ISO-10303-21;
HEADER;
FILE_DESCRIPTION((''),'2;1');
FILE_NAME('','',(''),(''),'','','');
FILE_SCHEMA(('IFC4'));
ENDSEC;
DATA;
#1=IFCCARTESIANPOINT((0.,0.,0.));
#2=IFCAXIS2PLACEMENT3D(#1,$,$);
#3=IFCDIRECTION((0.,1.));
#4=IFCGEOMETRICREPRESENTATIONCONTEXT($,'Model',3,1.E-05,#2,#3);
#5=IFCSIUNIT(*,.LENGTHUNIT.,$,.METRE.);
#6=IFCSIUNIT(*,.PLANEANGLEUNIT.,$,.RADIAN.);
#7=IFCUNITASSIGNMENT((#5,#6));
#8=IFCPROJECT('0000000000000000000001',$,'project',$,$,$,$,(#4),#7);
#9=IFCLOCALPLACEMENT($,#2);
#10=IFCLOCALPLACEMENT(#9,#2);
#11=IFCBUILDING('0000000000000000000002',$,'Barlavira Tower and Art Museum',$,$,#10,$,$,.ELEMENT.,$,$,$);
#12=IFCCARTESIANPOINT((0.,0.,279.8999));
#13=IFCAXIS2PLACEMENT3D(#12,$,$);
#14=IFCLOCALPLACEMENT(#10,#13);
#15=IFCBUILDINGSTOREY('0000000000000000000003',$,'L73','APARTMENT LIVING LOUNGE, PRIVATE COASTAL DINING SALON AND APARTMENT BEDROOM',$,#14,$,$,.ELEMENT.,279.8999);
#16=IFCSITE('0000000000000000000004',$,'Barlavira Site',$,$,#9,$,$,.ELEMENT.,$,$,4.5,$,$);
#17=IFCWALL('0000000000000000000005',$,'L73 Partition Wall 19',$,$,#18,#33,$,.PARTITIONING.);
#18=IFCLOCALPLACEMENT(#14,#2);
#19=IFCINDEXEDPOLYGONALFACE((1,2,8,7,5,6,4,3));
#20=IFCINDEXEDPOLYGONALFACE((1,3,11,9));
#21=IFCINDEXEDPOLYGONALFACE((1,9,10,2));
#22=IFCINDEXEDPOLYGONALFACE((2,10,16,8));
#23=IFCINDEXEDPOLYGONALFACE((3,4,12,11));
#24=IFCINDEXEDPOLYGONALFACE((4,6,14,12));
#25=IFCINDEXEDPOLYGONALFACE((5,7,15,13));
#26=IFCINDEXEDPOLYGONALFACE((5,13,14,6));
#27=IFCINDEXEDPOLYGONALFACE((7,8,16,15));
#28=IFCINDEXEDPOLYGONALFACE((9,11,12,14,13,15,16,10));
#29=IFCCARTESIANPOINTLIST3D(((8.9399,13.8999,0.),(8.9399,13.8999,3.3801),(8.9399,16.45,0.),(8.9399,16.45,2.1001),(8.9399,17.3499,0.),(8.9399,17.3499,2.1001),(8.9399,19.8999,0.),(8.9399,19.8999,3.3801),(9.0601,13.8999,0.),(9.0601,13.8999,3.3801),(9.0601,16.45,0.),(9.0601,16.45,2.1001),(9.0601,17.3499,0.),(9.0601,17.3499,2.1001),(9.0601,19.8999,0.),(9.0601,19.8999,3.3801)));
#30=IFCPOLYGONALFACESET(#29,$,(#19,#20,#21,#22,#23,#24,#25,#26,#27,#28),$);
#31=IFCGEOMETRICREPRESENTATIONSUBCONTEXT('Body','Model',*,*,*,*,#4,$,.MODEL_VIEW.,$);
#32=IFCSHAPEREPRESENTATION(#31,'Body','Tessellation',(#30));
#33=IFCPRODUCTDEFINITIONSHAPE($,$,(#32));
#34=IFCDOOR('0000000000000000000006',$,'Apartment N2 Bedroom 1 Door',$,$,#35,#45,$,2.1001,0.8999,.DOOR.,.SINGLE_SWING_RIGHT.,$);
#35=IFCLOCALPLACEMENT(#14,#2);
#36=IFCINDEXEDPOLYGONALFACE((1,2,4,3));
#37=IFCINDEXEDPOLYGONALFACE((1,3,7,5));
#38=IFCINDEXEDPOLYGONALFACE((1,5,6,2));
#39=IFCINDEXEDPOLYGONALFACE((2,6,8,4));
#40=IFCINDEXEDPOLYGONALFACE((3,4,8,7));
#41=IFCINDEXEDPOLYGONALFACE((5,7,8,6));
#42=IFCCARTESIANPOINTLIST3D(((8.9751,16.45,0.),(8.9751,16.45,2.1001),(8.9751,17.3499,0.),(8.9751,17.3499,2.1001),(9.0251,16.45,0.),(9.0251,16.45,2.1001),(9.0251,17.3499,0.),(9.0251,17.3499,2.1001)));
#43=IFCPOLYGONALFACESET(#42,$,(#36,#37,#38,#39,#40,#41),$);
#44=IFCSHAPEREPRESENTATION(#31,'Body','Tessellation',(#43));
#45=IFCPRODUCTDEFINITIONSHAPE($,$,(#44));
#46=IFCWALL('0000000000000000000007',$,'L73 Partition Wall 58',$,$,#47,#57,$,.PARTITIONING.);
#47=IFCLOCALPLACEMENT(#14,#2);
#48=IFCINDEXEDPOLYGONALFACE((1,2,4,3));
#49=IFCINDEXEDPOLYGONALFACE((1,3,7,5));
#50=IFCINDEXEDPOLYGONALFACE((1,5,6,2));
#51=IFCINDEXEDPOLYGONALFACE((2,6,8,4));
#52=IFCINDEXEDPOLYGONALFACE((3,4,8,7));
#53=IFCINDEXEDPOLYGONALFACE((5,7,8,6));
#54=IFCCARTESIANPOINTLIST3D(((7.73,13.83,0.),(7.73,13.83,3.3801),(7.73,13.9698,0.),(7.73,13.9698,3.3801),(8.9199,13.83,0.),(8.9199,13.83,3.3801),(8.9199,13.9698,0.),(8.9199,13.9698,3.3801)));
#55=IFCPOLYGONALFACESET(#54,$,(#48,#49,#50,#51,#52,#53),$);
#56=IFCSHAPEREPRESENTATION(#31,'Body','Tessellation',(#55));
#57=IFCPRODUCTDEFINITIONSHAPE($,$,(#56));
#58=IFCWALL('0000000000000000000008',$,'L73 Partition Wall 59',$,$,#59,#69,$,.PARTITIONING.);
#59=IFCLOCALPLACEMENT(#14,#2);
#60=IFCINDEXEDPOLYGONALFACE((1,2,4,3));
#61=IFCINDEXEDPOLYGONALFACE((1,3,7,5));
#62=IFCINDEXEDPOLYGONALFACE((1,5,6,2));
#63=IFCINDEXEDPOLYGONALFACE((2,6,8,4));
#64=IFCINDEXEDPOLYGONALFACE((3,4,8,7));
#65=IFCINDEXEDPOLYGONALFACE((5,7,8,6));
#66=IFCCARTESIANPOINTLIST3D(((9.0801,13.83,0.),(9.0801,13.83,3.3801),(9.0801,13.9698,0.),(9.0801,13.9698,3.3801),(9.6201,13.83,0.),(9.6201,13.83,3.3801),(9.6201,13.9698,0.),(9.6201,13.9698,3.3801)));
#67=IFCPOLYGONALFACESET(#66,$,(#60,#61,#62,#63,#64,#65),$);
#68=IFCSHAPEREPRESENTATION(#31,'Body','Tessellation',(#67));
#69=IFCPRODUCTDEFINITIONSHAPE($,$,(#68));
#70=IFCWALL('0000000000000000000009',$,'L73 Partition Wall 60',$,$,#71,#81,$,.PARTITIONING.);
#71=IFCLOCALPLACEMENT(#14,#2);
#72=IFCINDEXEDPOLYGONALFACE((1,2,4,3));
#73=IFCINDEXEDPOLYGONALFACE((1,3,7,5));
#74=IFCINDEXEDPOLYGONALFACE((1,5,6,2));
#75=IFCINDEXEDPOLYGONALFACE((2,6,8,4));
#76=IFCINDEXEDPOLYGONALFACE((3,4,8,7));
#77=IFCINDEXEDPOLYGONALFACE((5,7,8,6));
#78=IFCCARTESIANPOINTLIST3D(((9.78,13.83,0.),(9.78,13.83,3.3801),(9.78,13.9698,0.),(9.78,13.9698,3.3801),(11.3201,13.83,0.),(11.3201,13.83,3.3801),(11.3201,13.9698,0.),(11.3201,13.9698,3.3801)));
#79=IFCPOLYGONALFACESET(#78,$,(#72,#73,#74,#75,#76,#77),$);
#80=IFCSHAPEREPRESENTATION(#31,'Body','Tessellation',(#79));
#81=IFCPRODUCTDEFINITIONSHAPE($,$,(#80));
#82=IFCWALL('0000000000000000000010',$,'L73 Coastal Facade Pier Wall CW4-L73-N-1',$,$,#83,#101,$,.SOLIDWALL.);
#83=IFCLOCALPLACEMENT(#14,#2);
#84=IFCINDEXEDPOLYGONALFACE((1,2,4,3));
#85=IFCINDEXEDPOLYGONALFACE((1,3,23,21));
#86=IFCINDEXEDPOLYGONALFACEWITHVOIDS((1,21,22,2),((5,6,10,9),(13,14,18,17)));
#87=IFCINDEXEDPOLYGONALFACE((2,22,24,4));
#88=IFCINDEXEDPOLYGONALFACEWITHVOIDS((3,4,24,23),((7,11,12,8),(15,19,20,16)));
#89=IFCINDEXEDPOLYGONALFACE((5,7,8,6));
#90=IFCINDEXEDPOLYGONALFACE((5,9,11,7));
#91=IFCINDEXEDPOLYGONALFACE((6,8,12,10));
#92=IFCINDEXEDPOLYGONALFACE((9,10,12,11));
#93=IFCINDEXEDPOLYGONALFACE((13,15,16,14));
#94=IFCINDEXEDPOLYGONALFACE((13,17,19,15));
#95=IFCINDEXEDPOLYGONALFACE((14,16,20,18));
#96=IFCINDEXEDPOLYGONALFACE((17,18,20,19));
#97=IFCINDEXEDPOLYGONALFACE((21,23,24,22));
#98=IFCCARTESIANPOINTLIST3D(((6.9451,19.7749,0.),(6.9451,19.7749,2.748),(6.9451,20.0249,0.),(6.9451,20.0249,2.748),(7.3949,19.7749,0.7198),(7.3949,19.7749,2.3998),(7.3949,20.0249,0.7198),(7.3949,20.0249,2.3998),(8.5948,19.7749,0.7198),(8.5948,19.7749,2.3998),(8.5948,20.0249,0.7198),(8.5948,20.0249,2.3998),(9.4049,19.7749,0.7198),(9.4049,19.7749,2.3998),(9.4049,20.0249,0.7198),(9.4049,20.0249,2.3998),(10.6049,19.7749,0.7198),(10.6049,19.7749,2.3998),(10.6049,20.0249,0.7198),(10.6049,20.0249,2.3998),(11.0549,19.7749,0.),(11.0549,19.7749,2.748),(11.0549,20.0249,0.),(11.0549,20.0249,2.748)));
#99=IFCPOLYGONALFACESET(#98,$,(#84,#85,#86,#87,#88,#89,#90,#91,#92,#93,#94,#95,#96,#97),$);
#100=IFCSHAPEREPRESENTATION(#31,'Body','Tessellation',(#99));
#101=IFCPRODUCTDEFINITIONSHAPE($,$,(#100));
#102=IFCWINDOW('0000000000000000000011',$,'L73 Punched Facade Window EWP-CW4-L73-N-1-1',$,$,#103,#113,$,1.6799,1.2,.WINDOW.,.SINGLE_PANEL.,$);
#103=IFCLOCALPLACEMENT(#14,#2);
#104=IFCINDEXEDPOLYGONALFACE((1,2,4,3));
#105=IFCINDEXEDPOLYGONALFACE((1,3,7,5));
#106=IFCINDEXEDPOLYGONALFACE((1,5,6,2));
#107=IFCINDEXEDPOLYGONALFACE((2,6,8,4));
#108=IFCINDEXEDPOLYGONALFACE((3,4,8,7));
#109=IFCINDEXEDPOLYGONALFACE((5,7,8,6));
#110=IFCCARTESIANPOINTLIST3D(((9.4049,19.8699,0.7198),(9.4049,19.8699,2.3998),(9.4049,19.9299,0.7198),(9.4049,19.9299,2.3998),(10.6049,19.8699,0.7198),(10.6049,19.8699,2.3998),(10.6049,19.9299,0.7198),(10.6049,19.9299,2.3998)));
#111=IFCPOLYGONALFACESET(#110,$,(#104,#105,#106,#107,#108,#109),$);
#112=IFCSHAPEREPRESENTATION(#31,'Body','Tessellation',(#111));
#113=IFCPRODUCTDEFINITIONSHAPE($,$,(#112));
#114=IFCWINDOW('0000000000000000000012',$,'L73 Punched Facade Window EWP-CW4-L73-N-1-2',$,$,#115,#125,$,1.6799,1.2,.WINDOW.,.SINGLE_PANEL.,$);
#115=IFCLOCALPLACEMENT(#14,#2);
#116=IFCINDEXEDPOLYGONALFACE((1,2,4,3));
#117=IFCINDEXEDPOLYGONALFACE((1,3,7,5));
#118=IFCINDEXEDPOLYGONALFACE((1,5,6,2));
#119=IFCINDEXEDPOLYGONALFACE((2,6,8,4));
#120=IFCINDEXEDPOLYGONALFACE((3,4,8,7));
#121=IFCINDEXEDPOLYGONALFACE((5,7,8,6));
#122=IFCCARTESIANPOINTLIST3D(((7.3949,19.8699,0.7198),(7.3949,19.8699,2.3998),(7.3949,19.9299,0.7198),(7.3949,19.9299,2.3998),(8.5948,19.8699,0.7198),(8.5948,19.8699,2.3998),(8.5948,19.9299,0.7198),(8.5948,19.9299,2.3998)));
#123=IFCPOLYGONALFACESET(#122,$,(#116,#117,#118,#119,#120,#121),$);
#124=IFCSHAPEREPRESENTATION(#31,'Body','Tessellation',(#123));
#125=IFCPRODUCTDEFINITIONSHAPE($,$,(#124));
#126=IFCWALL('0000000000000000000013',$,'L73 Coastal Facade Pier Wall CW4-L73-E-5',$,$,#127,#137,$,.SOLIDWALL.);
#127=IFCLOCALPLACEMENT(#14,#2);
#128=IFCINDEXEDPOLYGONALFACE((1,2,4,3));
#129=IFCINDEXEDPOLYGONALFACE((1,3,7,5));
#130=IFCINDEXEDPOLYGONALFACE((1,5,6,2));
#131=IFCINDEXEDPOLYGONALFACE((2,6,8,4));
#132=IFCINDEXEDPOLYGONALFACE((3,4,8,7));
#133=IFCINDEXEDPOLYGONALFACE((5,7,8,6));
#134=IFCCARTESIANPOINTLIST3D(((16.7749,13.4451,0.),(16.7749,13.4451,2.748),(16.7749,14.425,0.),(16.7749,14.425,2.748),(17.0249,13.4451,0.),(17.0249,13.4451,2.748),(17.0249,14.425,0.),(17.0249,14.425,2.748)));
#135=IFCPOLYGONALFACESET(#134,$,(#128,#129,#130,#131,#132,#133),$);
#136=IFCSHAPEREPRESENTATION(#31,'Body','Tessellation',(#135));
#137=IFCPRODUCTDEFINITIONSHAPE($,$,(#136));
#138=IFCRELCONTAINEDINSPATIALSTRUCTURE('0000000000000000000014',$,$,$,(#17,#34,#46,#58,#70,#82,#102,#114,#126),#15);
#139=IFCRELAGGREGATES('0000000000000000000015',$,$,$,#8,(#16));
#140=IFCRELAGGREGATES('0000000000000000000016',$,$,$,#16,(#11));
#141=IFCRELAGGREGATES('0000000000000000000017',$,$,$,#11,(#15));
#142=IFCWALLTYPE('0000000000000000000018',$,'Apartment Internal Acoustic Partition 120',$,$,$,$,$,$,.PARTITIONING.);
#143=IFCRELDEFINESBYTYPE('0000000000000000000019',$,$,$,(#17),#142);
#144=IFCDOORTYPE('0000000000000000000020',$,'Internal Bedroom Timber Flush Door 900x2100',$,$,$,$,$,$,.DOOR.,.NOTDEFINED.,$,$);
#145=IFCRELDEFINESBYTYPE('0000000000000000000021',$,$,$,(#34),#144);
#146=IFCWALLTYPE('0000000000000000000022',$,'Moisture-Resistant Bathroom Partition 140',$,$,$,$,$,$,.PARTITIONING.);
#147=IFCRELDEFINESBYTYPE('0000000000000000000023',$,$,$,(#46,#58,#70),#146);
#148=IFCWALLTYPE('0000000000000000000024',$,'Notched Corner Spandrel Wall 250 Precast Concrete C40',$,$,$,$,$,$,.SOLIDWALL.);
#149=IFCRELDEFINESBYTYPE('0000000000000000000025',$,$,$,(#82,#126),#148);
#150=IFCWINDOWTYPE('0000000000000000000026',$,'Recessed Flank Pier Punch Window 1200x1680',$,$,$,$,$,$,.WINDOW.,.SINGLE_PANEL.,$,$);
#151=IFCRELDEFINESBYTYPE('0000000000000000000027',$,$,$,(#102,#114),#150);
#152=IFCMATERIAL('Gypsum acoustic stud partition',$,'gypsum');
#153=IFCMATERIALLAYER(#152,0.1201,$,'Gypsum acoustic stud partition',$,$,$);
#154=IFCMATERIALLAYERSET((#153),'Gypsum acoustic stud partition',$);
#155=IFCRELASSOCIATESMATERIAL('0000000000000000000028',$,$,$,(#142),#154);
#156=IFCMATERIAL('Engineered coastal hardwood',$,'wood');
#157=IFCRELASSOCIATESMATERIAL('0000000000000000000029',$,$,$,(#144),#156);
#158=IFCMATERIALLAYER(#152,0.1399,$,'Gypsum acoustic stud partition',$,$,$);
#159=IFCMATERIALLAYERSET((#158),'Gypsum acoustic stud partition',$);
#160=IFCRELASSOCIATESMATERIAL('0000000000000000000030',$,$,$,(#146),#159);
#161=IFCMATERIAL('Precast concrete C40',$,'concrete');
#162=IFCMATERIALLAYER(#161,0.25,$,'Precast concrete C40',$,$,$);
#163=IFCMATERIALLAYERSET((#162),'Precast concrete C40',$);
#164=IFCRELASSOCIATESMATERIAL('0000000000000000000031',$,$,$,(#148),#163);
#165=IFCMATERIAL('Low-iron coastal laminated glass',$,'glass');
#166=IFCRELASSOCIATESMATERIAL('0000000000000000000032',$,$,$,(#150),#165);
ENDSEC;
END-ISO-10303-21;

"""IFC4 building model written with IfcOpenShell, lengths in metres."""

from ifc_helpers import new_model, si_unit, direction, frame, frame_2d, origin, place, context, subcontext, project, spatial, rectangle, extrude, material, layer, layer_set, type_object, element, fill, save


model = new_model("IFC4")

# Units and contexts
model_context = context("Model", 3, precision=1e-05, world=origin(), true_north=direction((0.0, 1.0)))
body_context = subcontext(model_context, "Body", "Model", "MODEL_VIEW")
ifc_project = project(units=[si_unit("LENGTHUNIT", "METRE"), si_unit("PLANEANGLEUNIT", "RADIAN")], contexts=[model_context])

# Site, building, storey
site_placement = place(None, origin())
site = spatial("IfcSite", under=ifc_project, at=site_placement, Name="Barlavira Site", CompositionType="ELEMENT", RefElevation=4.5)
building_placement = place(site_placement, origin())
building = spatial("IfcBuilding", under=site, at=building_placement, Name="Barlavira Tower and Art Museum", CompositionType="ELEMENT")
storey_placement = place(building_placement, frame((0.0, 0.0, 279.8999)))
storey = spatial("IfcBuildingStorey", under=building, at=storey_placement, Name="L73", Description="APARTMENT LIVING LOUNGE, PRIVATE COASTAL DINING SALON AND APARTMENT BEDROOM", CompositionType="ELEMENT", Elevation=279.8999)

# Wall, opening, door
ifc_material_1 = material(Name="Gypsum acoustic stud partition", Category="gypsum")
ifc_layer_1 = layer(ifc_material_1, 0.1201, Name="Gypsum acoustic stud partition")
ifc_layer_set_1 = layer_set([ifc_layer_1], Name="Gypsum acoustic stud partition")
wall_type_1 = type_object("IfcWallType", Name="Apartment Internal Acoustic Partition 120", PredefinedType="PARTITIONING", material=ifc_layer_set_1)
wall_1_placement = place(storey_placement, frame((9.0, 13.8999, 0.0), z_axis=(0.0, 0.0, 1.0), x_axis=(0.0, 1.0, 0.0)))
wall_1 = element("IfcWall", 1, at=wall_1_placement, inside=storey, type_object=wall_type_1, Name="L73 Partition Wall 19", PredefinedType="PARTITIONING", context=body_context, shape_type="SweptSolid", body=[
    extrude(rectangle(XDim=6.0, YDim=0.1201, at=frame_2d((3.0, 0.0))), origin(), (0.0, 0.0, 1.0), 3.3801),
])
opening_1_placement = place(wall_1_placement, frame((2.55, 0.0, 0.0)))
opening_1 = element("IfcOpeningElement", 2, at=opening_1_placement, cuts=wall_1, PredefinedType="OPENING", context=body_context, shape_type="SweptSolid", body=[
    extrude(rectangle(XDim=0.8999, YDim=2.1001, at=frame_2d((0.45, 1.05))), frame((0.0, 0.0701, 0.0), z_axis=(0.0, -1.0, 0.0), x_axis=(1.0, 0.0, 0.0)), (0.0, 0.0, 1.0), 0.1401),
])
ifc_material_2 = material(Name="Engineered coastal hardwood", Category="wood")
door_type = type_object("IfcDoorType", Name="Internal Bedroom Timber Flush Door 900x2100", OperationType="NOTDEFINED", PredefinedType="DOOR", material=ifc_material_2)
door_placement = place(opening_1_placement, origin())
door = element("IfcDoor", 3, at=door_placement, inside=storey, type_object=door_type, Name="Apartment N2 Bedroom 1 Door", OperationType="SINGLE_SWING_RIGHT", OverallHeight=2.1001, OverallWidth=0.8999, PredefinedType="DOOR", context=body_context, shape_type="SweptSolid", body=[
    extrude(rectangle(XDim=0.8999, YDim=2.1001, at=frame_2d((0.45, 1.05))), frame((0.0, 0.0249, 0.0), z_axis=(0.0, -1.0, 0.0), x_axis=(1.0, 0.0, 0.0)), (0.0, 0.0, 1.0), 0.05),
])
fill(opening_1, door)

# Walls
ifc_layer_2 = layer(ifc_material_1, 0.1399, Name="Gypsum acoustic stud partition")
ifc_layer_set_2 = layer_set([ifc_layer_2], Name="Gypsum acoustic stud partition")
wall_type_2 = type_object("IfcWallType", Name="Moisture-Resistant Bathroom Partition 140", PredefinedType="PARTITIONING", material=ifc_layer_set_2)
wall_2_placement = place(storey_placement, frame((7.73, 13.8999, 0.0), z_axis=(0.0, 0.0, 1.0), x_axis=(1.0, 0.0, 0.0)))
element("IfcWall", 4, at=wall_2_placement, inside=storey, type_object=wall_type_2, Name="L73 Partition Wall 58", PredefinedType="PARTITIONING", context=body_context, shape_type="SweptSolid", body=[
    extrude(rectangle(XDim=1.1899, YDim=0.1399, at=frame_2d((0.595, 0.0))), origin(), (0.0, 0.0, 1.0), 3.3801),
])
wall_3_placement = place(storey_placement, frame((9.0801, 13.8999, 0.0), z_axis=(0.0, 0.0, 1.0), x_axis=(1.0, 0.0, 0.0)))
element("IfcWall", 5, at=wall_3_placement, inside=storey, type_object=wall_type_2, Name="L73 Partition Wall 59", PredefinedType="PARTITIONING", context=body_context, shape_type="SweptSolid", body=[
    extrude(rectangle(XDim=0.54, YDim=0.1399, at=frame_2d((0.27, 0.0))), origin(), (0.0, 0.0, 1.0), 3.3801),
])
wall_4_placement = place(storey_placement, frame((9.78, 13.8999, 0.0), z_axis=(0.0, 0.0, 1.0), x_axis=(1.0, 0.0, 0.0)))
element("IfcWall", 6, at=wall_4_placement, inside=storey, type_object=wall_type_2, Name="L73 Partition Wall 60", PredefinedType="PARTITIONING", context=body_context, shape_type="SweptSolid", body=[
    extrude(rectangle(XDim=1.54, YDim=0.1399, at=frame_2d((0.77, 0.0))), origin(), (0.0, 0.0, 1.0), 3.3801),
])

# Wall, openings, windows
ifc_material_3 = material(Name="Precast concrete C40", Category="concrete")
ifc_layer_3 = layer(ifc_material_3, 0.25, Name="Precast concrete C40")
ifc_layer_set_3 = layer_set([ifc_layer_3], Name="Precast concrete C40")
wall_type_3 = type_object("IfcWallType", Name="Notched Corner Spandrel Wall 250 Precast Concrete C40", PredefinedType="SOLIDWALL", material=ifc_layer_set_3)
wall_5_placement = place(storey_placement, frame((11.0549, 19.8999, 0.0), z_axis=(0.0, 0.0, 1.0), x_axis=(-1.0, 0.0, 0.0)))
wall_5 = element("IfcWall", 7, at=wall_5_placement, inside=storey, type_object=wall_type_3, Name="L73 Coastal Facade Pier Wall CW4-L73-N-1", PredefinedType="SOLIDWALL", context=body_context, shape_type="SweptSolid", body=[
    extrude(rectangle(XDim=4.1099, YDim=0.25, at=frame_2d((2.0549, 0.0))), origin(), (0.0, 0.0, 1.0), 2.748),
])
opening_2_placement = place(wall_5_placement, frame((0.45, 0.0, 0.72)))
opening_2 = element("IfcOpeningElement", 8, at=opening_2_placement, cuts=wall_5, PredefinedType="OPENING", context=body_context, shape_type="SweptSolid", body=[
    extrude(rectangle(XDim=1.2, YDim=1.6799, at=frame_2d((0.6001, 0.8398))), frame((0.0, 0.135, 0.0), z_axis=(0.0, -1.0, 0.0), x_axis=(1.0, 0.0, 0.0)), (0.0, 0.0, 1.0), 0.27),
])
opening_3_placement = place(wall_5_placement, frame((2.46, 0.0, 0.72)))
opening_3 = element("IfcOpeningElement", 9, at=opening_3_placement, cuts=wall_5, PredefinedType="OPENING", context=body_context, shape_type="SweptSolid", body=[
    extrude(rectangle(XDim=1.2, YDim=1.6799, at=frame_2d((0.6001, 0.8398))), frame((0.0, 0.135, 0.0), z_axis=(0.0, -1.0, 0.0), x_axis=(1.0, 0.0, 0.0)), (0.0, 0.0, 1.0), 0.27),
])
ifc_material_4 = material(Name="Low-iron coastal laminated glass", Category="glass")
window_type_1 = type_object("IfcWindowType", Name="Recessed Flank Pier Punch Window 1200x1680", PartitioningType="SINGLE_PANEL", PredefinedType="WINDOW", material=ifc_material_4)
window_1_placement = place(opening_2_placement, origin())
window_1 = element("IfcWindow", 10, at=window_1_placement, inside=storey, type_object=window_type_1, Name="L73 Punched Facade Window EWP-CW4-L73-N-1-1", OverallHeight=1.6799, OverallWidth=1.2, PartitioningType="SINGLE_PANEL", PredefinedType="WINDOW", context=body_context, shape_type="SweptSolid", body=[
    extrude(rectangle(XDim=1.2, YDim=1.6799, at=frame_2d((0.6001, 0.8398))), frame((0.0, 0.03, 0.0), z_axis=(0.0, -1.0, 0.0), x_axis=(1.0, 0.0, 0.0)), (0.0, 0.0, 1.0), 0.0601),
])
fill(opening_2, window_1)
window_2_placement = place(opening_3_placement, origin())
window_2 = element("IfcWindow", 11, at=window_2_placement, inside=storey, type_object=window_type_1, Name="L73 Punched Facade Window EWP-CW4-L73-N-1-2", OverallHeight=1.6799, OverallWidth=1.2, PartitioningType="SINGLE_PANEL", PredefinedType="WINDOW", context=body_context, shape_type="SweptSolid", body=[
    extrude(rectangle(XDim=1.2, YDim=1.6799, at=frame_2d((0.6001, 0.8398))), frame((0.0, 0.03, 0.0), z_axis=(0.0, -1.0, 0.0), x_axis=(1.0, 0.0, 0.0)), (0.0, 0.0, 1.0), 0.0601),
])
fill(opening_3, window_2)

# Wall
wall_6_placement = place(storey_placement, frame((16.8999, 13.4451, 0.0), z_axis=(0.0, 0.0, 1.0), x_axis=(0.0, 1.0, 0.0)))
element("IfcWall", 12, at=wall_6_placement, inside=storey, type_object=wall_type_3, Name="L73 Coastal Facade Pier Wall CW4-L73-E-5", PredefinedType="SOLIDWALL", context=body_context, shape_type="SweptSolid", body=[
    extrude(rectangle(XDim=0.98, YDim=0.25, at=frame_2d((0.49, 0.0))), origin(), (0.0, 0.0, 1.0), 2.748),
])

save(model, "model.ifc")
